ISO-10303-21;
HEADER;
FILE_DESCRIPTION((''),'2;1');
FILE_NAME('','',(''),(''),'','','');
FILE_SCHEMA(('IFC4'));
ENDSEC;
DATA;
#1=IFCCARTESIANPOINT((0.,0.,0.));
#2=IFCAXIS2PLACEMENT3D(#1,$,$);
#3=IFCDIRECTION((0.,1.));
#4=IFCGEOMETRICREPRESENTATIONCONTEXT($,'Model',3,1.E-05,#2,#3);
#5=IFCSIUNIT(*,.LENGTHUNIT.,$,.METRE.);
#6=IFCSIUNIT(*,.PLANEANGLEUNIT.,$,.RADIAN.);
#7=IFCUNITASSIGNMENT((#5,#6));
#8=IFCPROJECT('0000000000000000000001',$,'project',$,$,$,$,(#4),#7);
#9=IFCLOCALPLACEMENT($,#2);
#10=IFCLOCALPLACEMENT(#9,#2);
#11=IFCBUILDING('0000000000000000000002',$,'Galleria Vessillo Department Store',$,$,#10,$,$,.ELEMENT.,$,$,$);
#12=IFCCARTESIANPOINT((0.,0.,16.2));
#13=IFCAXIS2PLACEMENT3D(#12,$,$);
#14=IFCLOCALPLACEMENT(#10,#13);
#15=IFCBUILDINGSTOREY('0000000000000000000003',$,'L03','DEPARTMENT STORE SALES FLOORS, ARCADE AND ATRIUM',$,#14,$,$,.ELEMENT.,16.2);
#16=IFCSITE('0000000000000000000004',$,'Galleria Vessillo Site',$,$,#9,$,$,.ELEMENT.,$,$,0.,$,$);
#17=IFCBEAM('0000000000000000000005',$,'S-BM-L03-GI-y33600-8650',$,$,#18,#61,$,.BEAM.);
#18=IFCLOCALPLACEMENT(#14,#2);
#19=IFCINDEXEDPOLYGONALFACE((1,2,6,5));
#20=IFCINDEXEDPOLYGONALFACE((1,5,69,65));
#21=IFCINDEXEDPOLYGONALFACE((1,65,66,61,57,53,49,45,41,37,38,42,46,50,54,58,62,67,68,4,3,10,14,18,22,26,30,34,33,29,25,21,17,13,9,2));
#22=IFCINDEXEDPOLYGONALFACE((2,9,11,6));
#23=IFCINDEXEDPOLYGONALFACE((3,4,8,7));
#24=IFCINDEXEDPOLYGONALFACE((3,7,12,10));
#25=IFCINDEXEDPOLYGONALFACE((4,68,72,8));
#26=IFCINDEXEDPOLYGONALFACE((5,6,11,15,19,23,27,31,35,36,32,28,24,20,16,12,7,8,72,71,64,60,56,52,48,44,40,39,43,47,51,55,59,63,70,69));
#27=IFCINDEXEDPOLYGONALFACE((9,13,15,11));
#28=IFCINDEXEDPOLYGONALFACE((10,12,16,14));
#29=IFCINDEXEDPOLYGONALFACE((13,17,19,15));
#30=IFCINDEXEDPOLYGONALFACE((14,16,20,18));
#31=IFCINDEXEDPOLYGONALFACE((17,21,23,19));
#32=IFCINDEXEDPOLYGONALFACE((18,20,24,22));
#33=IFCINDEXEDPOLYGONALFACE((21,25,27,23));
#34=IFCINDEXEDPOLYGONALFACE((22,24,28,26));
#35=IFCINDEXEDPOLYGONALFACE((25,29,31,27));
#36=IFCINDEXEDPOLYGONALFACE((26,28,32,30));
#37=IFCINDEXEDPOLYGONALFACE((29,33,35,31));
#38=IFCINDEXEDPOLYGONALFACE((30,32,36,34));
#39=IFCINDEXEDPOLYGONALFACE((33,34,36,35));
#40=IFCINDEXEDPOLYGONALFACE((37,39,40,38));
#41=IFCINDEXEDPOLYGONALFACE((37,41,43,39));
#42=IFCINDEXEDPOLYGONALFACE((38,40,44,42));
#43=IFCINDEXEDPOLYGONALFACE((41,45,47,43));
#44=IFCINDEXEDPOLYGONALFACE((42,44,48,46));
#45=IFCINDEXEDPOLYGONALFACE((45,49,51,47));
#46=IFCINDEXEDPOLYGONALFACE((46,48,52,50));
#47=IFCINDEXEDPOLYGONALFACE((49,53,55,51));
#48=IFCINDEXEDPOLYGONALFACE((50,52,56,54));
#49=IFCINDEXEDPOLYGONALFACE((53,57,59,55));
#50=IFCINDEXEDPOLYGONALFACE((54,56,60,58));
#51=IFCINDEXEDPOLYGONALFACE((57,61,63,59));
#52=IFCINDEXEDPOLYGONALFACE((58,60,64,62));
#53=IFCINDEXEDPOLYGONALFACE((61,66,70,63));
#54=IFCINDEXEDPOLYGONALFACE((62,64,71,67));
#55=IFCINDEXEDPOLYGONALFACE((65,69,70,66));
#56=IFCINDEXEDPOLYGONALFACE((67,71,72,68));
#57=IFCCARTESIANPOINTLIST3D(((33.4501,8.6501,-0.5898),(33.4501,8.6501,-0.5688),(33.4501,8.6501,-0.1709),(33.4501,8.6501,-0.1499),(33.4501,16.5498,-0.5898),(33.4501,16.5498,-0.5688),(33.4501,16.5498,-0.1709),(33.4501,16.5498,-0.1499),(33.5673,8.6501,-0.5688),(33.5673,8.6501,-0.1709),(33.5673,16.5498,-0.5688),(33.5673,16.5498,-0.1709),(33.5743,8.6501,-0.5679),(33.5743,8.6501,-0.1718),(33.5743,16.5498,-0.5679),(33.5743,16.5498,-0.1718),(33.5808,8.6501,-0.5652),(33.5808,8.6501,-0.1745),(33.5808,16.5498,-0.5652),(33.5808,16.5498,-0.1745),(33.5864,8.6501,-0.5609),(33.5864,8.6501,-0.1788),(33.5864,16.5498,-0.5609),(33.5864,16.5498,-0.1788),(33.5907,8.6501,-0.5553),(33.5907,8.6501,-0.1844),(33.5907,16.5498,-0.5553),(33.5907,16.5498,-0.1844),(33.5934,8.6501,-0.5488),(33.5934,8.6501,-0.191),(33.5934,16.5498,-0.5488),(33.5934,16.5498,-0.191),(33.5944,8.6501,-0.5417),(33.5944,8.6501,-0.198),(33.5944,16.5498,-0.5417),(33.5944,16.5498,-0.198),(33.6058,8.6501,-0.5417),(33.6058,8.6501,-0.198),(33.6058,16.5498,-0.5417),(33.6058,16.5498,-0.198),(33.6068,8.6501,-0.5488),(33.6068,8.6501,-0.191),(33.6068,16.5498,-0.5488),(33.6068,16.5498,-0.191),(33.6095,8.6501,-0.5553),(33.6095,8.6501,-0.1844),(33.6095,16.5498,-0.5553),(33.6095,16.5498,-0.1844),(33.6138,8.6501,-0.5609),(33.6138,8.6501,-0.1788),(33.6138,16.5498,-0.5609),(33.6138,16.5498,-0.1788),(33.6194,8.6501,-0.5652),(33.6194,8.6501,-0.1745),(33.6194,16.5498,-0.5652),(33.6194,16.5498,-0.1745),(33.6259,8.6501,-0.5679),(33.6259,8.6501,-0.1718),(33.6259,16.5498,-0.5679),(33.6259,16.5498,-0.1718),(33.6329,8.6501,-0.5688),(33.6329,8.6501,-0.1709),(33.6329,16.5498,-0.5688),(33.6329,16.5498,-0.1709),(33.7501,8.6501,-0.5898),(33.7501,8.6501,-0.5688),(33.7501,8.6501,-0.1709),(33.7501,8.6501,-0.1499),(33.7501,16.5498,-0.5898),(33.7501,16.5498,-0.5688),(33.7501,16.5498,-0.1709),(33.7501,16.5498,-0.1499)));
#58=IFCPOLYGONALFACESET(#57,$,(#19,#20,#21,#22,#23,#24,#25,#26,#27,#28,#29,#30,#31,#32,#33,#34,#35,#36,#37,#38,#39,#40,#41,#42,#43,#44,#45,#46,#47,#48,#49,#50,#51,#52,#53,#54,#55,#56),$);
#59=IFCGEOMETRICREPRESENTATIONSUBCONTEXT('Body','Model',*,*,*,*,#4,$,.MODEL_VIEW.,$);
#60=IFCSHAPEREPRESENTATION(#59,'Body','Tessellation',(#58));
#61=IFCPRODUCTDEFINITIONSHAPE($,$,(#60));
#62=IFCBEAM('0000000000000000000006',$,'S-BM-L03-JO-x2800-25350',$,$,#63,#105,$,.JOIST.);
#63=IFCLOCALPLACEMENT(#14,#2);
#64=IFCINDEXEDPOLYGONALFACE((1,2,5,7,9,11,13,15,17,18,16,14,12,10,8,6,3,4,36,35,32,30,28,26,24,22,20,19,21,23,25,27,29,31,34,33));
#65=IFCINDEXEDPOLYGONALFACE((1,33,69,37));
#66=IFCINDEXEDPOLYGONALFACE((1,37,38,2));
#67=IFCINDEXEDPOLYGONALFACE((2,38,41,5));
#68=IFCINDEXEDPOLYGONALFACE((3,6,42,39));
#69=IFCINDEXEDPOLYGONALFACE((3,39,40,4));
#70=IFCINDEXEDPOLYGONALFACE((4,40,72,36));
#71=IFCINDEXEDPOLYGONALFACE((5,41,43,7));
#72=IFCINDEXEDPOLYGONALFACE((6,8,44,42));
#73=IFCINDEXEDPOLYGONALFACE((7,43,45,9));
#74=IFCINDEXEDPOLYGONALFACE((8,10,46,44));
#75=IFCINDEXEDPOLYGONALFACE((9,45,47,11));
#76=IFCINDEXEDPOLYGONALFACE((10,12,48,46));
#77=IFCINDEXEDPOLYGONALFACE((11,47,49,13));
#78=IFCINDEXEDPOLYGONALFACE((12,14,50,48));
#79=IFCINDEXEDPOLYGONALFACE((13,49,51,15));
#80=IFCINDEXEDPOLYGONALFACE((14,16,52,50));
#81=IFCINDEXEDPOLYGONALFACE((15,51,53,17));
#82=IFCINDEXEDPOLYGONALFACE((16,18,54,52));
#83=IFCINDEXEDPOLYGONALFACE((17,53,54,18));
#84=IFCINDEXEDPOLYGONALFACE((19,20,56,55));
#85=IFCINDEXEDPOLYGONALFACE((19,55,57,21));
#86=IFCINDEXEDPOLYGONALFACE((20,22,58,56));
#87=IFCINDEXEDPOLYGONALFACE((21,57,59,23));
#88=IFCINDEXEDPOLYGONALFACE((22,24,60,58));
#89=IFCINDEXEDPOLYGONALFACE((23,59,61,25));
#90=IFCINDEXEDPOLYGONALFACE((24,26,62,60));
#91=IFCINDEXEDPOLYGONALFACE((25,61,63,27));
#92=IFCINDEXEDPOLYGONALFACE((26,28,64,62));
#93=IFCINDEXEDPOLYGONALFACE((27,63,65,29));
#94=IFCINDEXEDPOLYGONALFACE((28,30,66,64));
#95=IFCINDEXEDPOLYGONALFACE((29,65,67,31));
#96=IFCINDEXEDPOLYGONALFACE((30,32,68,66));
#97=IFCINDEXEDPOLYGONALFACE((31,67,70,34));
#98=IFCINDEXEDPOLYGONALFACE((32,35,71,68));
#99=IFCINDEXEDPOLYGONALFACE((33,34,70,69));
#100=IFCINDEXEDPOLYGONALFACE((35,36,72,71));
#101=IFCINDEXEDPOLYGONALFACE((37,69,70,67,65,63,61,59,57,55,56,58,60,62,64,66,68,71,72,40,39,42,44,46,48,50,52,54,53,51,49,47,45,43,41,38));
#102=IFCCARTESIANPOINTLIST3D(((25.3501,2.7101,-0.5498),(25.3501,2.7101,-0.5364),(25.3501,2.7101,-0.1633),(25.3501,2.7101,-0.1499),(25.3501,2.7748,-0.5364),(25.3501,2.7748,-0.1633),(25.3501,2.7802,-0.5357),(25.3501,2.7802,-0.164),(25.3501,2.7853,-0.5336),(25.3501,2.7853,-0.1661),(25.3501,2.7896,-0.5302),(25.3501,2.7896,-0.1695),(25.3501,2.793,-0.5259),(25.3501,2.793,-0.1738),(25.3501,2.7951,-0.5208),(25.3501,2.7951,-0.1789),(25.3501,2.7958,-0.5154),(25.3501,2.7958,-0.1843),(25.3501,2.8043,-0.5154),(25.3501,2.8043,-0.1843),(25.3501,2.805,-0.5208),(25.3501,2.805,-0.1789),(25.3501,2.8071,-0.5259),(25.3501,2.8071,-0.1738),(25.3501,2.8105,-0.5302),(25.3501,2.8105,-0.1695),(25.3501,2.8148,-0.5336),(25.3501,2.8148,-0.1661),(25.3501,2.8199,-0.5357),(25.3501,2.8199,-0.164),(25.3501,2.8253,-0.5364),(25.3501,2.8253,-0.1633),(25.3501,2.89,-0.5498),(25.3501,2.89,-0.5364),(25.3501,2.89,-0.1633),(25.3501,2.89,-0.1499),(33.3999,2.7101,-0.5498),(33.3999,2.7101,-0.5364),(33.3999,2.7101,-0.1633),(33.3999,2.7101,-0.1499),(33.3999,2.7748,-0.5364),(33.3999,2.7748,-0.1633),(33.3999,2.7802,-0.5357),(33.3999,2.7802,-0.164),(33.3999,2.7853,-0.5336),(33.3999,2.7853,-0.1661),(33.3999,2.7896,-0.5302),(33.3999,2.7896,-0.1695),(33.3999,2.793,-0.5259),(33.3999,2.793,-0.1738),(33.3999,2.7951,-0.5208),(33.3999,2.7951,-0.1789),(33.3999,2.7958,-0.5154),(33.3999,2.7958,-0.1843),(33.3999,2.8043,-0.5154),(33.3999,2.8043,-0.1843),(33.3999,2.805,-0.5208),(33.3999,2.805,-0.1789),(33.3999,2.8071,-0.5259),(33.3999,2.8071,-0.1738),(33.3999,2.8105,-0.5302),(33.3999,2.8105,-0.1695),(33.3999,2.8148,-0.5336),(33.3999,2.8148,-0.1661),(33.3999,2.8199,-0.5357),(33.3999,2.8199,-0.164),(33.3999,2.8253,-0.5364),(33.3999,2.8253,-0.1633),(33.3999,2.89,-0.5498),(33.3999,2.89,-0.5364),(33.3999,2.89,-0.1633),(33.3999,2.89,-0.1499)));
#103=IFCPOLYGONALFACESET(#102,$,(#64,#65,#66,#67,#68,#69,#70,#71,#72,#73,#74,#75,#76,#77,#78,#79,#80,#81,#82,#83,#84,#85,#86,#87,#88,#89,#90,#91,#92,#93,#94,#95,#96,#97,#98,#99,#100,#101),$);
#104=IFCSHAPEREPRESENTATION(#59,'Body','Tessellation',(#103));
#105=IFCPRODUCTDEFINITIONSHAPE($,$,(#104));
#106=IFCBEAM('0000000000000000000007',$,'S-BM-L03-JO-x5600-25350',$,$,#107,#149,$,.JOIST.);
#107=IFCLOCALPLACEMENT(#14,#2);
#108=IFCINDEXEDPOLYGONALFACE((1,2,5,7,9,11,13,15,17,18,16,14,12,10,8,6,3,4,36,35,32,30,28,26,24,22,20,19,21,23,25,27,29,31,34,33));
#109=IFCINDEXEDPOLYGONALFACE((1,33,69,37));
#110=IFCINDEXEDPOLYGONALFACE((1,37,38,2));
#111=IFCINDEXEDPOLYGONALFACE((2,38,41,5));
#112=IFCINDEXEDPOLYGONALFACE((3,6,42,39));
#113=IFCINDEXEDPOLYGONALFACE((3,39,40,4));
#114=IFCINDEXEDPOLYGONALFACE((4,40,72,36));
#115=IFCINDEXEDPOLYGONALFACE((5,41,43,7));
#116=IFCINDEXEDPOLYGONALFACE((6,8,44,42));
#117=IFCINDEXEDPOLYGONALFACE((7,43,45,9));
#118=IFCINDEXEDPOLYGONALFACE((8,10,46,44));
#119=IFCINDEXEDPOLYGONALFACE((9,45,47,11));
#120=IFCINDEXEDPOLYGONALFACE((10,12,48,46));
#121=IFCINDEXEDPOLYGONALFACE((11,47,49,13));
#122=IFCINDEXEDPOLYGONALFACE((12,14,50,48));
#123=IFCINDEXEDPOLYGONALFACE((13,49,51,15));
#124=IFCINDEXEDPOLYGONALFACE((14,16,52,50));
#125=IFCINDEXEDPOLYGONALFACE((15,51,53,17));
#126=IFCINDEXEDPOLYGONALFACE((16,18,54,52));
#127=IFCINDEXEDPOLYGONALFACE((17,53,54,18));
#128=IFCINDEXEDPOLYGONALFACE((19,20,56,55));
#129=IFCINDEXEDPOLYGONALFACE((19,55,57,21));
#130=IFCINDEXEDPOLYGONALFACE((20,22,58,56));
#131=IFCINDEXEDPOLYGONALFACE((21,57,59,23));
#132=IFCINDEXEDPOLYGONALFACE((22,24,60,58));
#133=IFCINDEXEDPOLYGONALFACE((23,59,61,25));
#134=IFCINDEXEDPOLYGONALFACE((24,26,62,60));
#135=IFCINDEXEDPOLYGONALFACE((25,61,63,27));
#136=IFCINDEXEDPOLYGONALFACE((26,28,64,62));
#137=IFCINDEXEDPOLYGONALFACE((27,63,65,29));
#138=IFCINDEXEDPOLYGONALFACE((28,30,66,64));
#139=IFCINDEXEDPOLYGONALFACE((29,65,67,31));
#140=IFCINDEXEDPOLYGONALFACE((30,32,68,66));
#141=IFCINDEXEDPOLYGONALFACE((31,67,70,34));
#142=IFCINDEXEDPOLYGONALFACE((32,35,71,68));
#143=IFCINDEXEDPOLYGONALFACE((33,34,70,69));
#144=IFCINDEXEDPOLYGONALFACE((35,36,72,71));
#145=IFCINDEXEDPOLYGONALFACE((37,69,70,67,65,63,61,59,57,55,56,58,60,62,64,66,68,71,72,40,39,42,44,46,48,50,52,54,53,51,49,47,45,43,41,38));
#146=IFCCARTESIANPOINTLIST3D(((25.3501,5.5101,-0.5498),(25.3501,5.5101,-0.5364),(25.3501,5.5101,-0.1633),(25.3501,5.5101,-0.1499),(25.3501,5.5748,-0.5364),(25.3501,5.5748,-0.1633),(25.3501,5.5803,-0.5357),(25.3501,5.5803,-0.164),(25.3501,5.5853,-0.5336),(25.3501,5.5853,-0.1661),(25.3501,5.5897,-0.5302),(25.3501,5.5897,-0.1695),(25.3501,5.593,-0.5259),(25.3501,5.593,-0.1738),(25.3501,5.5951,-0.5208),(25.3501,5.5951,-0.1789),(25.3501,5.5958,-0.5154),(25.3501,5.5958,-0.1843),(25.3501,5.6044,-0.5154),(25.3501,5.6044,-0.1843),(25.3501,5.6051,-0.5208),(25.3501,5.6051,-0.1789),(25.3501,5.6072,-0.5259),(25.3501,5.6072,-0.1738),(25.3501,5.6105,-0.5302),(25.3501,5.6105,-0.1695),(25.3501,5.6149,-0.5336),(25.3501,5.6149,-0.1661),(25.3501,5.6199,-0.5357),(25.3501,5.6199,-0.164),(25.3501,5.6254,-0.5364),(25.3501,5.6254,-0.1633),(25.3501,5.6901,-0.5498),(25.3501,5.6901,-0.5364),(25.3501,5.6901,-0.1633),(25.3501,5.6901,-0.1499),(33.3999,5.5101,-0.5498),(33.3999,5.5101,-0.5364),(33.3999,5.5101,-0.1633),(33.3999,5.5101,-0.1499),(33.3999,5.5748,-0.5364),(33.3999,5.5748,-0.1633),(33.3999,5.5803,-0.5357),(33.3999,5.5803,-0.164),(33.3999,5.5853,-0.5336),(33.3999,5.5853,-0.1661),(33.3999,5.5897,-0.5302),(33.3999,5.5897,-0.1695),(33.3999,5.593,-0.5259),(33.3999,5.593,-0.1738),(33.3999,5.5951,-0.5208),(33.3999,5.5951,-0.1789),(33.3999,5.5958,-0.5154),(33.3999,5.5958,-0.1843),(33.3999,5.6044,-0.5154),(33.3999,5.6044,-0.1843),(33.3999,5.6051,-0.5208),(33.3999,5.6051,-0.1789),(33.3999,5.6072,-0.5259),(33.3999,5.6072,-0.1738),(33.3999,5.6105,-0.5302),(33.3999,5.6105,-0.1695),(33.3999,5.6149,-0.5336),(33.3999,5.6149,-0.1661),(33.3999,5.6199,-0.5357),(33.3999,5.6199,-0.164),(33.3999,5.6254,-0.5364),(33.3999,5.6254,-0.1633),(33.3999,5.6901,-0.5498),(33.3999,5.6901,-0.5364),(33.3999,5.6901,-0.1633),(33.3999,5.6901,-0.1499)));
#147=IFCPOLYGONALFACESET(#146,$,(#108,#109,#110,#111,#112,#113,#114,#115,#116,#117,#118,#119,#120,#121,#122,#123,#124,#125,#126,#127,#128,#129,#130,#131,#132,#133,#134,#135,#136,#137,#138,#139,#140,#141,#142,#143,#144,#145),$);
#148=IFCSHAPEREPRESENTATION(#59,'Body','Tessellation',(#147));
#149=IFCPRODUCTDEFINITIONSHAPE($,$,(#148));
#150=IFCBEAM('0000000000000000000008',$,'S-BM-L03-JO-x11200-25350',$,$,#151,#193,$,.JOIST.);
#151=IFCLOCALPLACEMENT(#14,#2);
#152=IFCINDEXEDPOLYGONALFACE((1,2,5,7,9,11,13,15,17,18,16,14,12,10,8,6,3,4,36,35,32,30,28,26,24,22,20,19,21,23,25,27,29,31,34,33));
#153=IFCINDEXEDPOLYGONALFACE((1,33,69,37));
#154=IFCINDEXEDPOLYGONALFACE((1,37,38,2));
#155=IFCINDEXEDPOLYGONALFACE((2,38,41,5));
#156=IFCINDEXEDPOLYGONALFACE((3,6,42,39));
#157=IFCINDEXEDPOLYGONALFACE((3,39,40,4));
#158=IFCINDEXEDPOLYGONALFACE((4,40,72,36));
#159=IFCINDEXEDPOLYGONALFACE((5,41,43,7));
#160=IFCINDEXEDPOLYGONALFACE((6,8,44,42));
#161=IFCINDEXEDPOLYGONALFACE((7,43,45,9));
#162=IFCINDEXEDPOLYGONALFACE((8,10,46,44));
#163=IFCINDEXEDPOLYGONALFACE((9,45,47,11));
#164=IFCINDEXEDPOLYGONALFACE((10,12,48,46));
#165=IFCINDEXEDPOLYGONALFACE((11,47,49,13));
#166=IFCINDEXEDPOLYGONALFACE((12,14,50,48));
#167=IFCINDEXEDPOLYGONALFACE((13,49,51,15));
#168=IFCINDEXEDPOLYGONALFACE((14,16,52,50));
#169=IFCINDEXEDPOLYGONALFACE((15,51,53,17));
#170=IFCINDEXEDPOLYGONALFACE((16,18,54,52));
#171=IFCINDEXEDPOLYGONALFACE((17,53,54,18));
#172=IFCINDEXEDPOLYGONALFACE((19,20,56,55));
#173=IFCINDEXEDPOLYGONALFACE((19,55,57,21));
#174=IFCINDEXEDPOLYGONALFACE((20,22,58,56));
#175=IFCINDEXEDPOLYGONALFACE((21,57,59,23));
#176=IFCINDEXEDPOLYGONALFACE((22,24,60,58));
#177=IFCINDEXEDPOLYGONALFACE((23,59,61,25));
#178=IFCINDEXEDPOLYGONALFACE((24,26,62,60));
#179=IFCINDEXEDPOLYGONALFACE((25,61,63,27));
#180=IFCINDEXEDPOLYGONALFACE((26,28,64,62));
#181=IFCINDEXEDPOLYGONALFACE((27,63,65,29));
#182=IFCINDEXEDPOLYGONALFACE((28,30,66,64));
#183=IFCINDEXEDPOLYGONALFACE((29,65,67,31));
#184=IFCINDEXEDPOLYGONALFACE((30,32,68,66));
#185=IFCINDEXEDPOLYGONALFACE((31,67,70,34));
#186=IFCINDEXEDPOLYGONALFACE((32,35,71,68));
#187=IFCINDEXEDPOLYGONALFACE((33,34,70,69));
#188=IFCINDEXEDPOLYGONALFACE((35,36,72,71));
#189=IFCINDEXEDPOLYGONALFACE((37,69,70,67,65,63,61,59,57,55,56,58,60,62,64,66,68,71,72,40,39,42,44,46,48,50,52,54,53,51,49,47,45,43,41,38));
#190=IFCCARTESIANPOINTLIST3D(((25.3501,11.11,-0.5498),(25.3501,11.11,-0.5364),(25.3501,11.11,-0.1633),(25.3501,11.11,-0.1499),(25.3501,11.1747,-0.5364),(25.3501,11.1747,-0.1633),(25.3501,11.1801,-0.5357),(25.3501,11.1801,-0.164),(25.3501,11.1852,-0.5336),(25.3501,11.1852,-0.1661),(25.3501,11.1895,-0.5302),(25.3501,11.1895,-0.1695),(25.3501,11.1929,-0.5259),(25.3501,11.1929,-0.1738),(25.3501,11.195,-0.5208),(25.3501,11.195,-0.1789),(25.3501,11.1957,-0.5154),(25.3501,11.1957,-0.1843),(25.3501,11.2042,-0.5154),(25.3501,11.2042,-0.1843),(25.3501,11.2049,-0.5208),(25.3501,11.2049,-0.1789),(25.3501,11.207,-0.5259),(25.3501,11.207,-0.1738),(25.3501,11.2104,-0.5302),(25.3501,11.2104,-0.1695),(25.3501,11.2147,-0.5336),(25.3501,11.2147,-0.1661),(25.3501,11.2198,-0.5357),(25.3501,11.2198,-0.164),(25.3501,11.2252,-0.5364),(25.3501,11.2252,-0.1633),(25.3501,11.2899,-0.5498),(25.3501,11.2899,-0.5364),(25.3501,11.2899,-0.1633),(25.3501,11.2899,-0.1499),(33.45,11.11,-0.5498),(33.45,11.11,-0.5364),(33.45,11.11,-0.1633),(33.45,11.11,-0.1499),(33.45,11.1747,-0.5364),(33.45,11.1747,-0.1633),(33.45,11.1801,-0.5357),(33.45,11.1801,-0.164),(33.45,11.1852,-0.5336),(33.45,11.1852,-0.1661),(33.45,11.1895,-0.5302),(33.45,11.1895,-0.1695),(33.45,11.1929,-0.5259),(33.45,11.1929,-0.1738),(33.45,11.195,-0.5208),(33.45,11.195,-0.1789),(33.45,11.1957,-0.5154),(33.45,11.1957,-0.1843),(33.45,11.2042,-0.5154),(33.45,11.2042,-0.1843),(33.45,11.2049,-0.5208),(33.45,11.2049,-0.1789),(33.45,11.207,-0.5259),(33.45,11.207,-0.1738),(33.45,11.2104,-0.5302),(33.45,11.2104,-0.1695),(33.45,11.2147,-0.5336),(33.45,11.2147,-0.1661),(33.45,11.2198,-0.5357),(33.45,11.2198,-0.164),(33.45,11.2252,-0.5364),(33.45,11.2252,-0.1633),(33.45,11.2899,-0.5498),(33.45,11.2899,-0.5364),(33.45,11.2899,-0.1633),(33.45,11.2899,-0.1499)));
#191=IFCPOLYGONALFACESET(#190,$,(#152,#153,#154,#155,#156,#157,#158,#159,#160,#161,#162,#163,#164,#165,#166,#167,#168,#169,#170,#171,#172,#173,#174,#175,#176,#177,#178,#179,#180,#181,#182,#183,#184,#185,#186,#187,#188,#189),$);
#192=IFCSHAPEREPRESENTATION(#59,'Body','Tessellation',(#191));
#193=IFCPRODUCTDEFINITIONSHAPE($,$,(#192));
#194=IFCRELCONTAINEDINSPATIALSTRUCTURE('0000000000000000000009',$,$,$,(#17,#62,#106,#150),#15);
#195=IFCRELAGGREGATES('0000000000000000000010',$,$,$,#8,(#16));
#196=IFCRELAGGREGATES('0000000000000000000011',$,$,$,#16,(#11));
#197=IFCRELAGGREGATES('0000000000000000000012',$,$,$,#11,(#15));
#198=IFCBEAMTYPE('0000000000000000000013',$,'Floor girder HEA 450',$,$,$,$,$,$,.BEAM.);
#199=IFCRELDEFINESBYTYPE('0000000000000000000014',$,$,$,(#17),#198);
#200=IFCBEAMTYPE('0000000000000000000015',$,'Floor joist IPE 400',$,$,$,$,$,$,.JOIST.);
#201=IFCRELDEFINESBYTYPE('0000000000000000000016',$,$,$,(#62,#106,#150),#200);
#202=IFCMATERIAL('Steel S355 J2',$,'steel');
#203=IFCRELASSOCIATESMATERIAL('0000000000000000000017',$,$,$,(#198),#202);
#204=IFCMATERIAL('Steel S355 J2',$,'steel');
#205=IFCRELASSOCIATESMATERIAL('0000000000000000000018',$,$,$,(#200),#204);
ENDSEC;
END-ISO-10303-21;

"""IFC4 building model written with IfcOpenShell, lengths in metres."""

from ifc_helpers import new_model, si_unit, direction, frame, origin, origin_2d, place, context, subcontext, project, spatial, i_section, extrude, material, material_profile, profile_set, type_object, element, save


model = new_model("IFC4")

# Units and contexts
model_context = context("Model", 3, precision=1e-05, world=origin(), true_north=direction((0.0, 1.0)))
body_context = subcontext(model_context, "Body", "Model", "MODEL_VIEW")
ifc_project = project(units=[si_unit("LENGTHUNIT", "METRE"), si_unit("PLANEANGLEUNIT", "RADIAN")], contexts=[model_context])

# Site, building, storey
site_placement = place(None, origin())
site = spatial("IfcSite", under=ifc_project, at=site_placement, Name="Galleria Vessillo Site", CompositionType="ELEMENT", RefElevation=0.0)
building_placement = place(site_placement, origin())
building = spatial("IfcBuilding", under=site, at=building_placement, Name="Galleria Vessillo Department Store", CompositionType="ELEMENT")
storey_placement = place(building_placement, frame((0.0, 0.0, 16.2)))
storey = spatial("IfcBuildingStorey", under=building, at=storey_placement, Name="L03", Description="DEPARTMENT STORE SALES FLOORS, ARCADE AND ATRIUM", CompositionType="ELEMENT", Elevation=16.2)

# Beams
ifc_material_1 = material(Name="Steel S355 J2", Category="steel")
ifc_material_profile_1 = material_profile(ifc_material_1, i_section(OverallWidth=0.3, OverallDepth=0.4399, WebThickness=0.0115, FlangeThickness=0.021, FilletRadius=0.0271, at=origin_2d()), Name="HEA 450")
ifc_profile_set_1 = profile_set([ifc_material_profile_1], Name="Steel S355 J2")
beam_type_1 = type_object("IfcBeamType", Name="Floor girder HEA 450", PredefinedType="BEAM", material=ifc_profile_set_1)
beam_1_placement = place(storey_placement, frame((33.6001, 8.6501, -0.3699), z_axis=(0.0, 1.0, 0.0), x_axis=(-1.0, 0.0, 0.0)))
element("IfcBeam", 1, at=beam_1_placement, inside=storey, type_object=beam_type_1, Name="S-BM-L03-GI-y33600-8650", PredefinedType="BEAM", context=body_context, shape_type="SweptSolid", body=[
    extrude(i_section(OverallWidth=0.3, OverallDepth=0.4399, WebThickness=0.0115, FlangeThickness=0.021, FilletRadius=0.0271, at=origin_2d()), origin(), (0.0, 0.0, 1.0), 7.8997),
])
ifc_material_2 = material(Name="Steel S355 J2", Category="steel")
ifc_material_profile_2 = material_profile(ifc_material_2, i_section(OverallWidth=0.1799, OverallDepth=0.3999, WebThickness=0.0085, FlangeThickness=0.0134, FilletRadius=0.021, at=origin_2d()), Name="IPE 400")
ifc_profile_set_2 = profile_set([ifc_material_profile_2], Name="Steel S355 J2")
beam_type_2 = type_object("IfcBeamType", Name="Floor joist IPE 400", PredefinedType="JOIST", material=ifc_profile_set_2)
for number, where, z_axis, x_axis, name in (
    (2, (25.3501, 2.8, -0.3499), (1.0, 0.0, 0.0), (0.0, 1.0, 0.0), "S-BM-L03-JO-x2800-25350"),
    (3, (25.3501, 5.6001, -0.3499), (1.0, 0.0, 0.0), (0.0, 1.0, 0.0), "S-BM-L03-JO-x5600-25350"),
):
    element("IfcBeam", number, at=place(storey_placement, frame(where, z_axis=z_axis, x_axis=x_axis)), inside=storey, type_object=beam_type_2, Name=name, PredefinedType="JOIST", context=body_context, shape_type="SweptSolid", body=[
        extrude(i_section(OverallWidth=0.1799, OverallDepth=0.3999, WebThickness=0.0085, FlangeThickness=0.0134, FilletRadius=0.021, at=origin_2d()), origin(), (0.0, 0.0, 1.0), 8.0498),
    ])
for number, where, z_axis, x_axis, name in (
    (4, (25.3501, 11.2, -0.3499), (1.0, 0.0, 0.0), (0.0, 1.0, 0.0), "S-BM-L03-JO-x11200-25350"),
):
    element("IfcBeam", number, at=place(storey_placement, frame(where, z_axis=z_axis, x_axis=x_axis)), inside=storey, type_object=beam_type_2, Name=name, PredefinedType="JOIST", context=body_context, shape_type="SweptSolid", body=[
        extrude(i_section(OverallWidth=0.1799, OverallDepth=0.3999, WebThickness=0.0085, FlangeThickness=0.0134, FilletRadius=0.021, at=origin_2d()), origin(), (0.0, 0.0, 1.0), 8.0999),
    ])

save(model, "model.ifc")
